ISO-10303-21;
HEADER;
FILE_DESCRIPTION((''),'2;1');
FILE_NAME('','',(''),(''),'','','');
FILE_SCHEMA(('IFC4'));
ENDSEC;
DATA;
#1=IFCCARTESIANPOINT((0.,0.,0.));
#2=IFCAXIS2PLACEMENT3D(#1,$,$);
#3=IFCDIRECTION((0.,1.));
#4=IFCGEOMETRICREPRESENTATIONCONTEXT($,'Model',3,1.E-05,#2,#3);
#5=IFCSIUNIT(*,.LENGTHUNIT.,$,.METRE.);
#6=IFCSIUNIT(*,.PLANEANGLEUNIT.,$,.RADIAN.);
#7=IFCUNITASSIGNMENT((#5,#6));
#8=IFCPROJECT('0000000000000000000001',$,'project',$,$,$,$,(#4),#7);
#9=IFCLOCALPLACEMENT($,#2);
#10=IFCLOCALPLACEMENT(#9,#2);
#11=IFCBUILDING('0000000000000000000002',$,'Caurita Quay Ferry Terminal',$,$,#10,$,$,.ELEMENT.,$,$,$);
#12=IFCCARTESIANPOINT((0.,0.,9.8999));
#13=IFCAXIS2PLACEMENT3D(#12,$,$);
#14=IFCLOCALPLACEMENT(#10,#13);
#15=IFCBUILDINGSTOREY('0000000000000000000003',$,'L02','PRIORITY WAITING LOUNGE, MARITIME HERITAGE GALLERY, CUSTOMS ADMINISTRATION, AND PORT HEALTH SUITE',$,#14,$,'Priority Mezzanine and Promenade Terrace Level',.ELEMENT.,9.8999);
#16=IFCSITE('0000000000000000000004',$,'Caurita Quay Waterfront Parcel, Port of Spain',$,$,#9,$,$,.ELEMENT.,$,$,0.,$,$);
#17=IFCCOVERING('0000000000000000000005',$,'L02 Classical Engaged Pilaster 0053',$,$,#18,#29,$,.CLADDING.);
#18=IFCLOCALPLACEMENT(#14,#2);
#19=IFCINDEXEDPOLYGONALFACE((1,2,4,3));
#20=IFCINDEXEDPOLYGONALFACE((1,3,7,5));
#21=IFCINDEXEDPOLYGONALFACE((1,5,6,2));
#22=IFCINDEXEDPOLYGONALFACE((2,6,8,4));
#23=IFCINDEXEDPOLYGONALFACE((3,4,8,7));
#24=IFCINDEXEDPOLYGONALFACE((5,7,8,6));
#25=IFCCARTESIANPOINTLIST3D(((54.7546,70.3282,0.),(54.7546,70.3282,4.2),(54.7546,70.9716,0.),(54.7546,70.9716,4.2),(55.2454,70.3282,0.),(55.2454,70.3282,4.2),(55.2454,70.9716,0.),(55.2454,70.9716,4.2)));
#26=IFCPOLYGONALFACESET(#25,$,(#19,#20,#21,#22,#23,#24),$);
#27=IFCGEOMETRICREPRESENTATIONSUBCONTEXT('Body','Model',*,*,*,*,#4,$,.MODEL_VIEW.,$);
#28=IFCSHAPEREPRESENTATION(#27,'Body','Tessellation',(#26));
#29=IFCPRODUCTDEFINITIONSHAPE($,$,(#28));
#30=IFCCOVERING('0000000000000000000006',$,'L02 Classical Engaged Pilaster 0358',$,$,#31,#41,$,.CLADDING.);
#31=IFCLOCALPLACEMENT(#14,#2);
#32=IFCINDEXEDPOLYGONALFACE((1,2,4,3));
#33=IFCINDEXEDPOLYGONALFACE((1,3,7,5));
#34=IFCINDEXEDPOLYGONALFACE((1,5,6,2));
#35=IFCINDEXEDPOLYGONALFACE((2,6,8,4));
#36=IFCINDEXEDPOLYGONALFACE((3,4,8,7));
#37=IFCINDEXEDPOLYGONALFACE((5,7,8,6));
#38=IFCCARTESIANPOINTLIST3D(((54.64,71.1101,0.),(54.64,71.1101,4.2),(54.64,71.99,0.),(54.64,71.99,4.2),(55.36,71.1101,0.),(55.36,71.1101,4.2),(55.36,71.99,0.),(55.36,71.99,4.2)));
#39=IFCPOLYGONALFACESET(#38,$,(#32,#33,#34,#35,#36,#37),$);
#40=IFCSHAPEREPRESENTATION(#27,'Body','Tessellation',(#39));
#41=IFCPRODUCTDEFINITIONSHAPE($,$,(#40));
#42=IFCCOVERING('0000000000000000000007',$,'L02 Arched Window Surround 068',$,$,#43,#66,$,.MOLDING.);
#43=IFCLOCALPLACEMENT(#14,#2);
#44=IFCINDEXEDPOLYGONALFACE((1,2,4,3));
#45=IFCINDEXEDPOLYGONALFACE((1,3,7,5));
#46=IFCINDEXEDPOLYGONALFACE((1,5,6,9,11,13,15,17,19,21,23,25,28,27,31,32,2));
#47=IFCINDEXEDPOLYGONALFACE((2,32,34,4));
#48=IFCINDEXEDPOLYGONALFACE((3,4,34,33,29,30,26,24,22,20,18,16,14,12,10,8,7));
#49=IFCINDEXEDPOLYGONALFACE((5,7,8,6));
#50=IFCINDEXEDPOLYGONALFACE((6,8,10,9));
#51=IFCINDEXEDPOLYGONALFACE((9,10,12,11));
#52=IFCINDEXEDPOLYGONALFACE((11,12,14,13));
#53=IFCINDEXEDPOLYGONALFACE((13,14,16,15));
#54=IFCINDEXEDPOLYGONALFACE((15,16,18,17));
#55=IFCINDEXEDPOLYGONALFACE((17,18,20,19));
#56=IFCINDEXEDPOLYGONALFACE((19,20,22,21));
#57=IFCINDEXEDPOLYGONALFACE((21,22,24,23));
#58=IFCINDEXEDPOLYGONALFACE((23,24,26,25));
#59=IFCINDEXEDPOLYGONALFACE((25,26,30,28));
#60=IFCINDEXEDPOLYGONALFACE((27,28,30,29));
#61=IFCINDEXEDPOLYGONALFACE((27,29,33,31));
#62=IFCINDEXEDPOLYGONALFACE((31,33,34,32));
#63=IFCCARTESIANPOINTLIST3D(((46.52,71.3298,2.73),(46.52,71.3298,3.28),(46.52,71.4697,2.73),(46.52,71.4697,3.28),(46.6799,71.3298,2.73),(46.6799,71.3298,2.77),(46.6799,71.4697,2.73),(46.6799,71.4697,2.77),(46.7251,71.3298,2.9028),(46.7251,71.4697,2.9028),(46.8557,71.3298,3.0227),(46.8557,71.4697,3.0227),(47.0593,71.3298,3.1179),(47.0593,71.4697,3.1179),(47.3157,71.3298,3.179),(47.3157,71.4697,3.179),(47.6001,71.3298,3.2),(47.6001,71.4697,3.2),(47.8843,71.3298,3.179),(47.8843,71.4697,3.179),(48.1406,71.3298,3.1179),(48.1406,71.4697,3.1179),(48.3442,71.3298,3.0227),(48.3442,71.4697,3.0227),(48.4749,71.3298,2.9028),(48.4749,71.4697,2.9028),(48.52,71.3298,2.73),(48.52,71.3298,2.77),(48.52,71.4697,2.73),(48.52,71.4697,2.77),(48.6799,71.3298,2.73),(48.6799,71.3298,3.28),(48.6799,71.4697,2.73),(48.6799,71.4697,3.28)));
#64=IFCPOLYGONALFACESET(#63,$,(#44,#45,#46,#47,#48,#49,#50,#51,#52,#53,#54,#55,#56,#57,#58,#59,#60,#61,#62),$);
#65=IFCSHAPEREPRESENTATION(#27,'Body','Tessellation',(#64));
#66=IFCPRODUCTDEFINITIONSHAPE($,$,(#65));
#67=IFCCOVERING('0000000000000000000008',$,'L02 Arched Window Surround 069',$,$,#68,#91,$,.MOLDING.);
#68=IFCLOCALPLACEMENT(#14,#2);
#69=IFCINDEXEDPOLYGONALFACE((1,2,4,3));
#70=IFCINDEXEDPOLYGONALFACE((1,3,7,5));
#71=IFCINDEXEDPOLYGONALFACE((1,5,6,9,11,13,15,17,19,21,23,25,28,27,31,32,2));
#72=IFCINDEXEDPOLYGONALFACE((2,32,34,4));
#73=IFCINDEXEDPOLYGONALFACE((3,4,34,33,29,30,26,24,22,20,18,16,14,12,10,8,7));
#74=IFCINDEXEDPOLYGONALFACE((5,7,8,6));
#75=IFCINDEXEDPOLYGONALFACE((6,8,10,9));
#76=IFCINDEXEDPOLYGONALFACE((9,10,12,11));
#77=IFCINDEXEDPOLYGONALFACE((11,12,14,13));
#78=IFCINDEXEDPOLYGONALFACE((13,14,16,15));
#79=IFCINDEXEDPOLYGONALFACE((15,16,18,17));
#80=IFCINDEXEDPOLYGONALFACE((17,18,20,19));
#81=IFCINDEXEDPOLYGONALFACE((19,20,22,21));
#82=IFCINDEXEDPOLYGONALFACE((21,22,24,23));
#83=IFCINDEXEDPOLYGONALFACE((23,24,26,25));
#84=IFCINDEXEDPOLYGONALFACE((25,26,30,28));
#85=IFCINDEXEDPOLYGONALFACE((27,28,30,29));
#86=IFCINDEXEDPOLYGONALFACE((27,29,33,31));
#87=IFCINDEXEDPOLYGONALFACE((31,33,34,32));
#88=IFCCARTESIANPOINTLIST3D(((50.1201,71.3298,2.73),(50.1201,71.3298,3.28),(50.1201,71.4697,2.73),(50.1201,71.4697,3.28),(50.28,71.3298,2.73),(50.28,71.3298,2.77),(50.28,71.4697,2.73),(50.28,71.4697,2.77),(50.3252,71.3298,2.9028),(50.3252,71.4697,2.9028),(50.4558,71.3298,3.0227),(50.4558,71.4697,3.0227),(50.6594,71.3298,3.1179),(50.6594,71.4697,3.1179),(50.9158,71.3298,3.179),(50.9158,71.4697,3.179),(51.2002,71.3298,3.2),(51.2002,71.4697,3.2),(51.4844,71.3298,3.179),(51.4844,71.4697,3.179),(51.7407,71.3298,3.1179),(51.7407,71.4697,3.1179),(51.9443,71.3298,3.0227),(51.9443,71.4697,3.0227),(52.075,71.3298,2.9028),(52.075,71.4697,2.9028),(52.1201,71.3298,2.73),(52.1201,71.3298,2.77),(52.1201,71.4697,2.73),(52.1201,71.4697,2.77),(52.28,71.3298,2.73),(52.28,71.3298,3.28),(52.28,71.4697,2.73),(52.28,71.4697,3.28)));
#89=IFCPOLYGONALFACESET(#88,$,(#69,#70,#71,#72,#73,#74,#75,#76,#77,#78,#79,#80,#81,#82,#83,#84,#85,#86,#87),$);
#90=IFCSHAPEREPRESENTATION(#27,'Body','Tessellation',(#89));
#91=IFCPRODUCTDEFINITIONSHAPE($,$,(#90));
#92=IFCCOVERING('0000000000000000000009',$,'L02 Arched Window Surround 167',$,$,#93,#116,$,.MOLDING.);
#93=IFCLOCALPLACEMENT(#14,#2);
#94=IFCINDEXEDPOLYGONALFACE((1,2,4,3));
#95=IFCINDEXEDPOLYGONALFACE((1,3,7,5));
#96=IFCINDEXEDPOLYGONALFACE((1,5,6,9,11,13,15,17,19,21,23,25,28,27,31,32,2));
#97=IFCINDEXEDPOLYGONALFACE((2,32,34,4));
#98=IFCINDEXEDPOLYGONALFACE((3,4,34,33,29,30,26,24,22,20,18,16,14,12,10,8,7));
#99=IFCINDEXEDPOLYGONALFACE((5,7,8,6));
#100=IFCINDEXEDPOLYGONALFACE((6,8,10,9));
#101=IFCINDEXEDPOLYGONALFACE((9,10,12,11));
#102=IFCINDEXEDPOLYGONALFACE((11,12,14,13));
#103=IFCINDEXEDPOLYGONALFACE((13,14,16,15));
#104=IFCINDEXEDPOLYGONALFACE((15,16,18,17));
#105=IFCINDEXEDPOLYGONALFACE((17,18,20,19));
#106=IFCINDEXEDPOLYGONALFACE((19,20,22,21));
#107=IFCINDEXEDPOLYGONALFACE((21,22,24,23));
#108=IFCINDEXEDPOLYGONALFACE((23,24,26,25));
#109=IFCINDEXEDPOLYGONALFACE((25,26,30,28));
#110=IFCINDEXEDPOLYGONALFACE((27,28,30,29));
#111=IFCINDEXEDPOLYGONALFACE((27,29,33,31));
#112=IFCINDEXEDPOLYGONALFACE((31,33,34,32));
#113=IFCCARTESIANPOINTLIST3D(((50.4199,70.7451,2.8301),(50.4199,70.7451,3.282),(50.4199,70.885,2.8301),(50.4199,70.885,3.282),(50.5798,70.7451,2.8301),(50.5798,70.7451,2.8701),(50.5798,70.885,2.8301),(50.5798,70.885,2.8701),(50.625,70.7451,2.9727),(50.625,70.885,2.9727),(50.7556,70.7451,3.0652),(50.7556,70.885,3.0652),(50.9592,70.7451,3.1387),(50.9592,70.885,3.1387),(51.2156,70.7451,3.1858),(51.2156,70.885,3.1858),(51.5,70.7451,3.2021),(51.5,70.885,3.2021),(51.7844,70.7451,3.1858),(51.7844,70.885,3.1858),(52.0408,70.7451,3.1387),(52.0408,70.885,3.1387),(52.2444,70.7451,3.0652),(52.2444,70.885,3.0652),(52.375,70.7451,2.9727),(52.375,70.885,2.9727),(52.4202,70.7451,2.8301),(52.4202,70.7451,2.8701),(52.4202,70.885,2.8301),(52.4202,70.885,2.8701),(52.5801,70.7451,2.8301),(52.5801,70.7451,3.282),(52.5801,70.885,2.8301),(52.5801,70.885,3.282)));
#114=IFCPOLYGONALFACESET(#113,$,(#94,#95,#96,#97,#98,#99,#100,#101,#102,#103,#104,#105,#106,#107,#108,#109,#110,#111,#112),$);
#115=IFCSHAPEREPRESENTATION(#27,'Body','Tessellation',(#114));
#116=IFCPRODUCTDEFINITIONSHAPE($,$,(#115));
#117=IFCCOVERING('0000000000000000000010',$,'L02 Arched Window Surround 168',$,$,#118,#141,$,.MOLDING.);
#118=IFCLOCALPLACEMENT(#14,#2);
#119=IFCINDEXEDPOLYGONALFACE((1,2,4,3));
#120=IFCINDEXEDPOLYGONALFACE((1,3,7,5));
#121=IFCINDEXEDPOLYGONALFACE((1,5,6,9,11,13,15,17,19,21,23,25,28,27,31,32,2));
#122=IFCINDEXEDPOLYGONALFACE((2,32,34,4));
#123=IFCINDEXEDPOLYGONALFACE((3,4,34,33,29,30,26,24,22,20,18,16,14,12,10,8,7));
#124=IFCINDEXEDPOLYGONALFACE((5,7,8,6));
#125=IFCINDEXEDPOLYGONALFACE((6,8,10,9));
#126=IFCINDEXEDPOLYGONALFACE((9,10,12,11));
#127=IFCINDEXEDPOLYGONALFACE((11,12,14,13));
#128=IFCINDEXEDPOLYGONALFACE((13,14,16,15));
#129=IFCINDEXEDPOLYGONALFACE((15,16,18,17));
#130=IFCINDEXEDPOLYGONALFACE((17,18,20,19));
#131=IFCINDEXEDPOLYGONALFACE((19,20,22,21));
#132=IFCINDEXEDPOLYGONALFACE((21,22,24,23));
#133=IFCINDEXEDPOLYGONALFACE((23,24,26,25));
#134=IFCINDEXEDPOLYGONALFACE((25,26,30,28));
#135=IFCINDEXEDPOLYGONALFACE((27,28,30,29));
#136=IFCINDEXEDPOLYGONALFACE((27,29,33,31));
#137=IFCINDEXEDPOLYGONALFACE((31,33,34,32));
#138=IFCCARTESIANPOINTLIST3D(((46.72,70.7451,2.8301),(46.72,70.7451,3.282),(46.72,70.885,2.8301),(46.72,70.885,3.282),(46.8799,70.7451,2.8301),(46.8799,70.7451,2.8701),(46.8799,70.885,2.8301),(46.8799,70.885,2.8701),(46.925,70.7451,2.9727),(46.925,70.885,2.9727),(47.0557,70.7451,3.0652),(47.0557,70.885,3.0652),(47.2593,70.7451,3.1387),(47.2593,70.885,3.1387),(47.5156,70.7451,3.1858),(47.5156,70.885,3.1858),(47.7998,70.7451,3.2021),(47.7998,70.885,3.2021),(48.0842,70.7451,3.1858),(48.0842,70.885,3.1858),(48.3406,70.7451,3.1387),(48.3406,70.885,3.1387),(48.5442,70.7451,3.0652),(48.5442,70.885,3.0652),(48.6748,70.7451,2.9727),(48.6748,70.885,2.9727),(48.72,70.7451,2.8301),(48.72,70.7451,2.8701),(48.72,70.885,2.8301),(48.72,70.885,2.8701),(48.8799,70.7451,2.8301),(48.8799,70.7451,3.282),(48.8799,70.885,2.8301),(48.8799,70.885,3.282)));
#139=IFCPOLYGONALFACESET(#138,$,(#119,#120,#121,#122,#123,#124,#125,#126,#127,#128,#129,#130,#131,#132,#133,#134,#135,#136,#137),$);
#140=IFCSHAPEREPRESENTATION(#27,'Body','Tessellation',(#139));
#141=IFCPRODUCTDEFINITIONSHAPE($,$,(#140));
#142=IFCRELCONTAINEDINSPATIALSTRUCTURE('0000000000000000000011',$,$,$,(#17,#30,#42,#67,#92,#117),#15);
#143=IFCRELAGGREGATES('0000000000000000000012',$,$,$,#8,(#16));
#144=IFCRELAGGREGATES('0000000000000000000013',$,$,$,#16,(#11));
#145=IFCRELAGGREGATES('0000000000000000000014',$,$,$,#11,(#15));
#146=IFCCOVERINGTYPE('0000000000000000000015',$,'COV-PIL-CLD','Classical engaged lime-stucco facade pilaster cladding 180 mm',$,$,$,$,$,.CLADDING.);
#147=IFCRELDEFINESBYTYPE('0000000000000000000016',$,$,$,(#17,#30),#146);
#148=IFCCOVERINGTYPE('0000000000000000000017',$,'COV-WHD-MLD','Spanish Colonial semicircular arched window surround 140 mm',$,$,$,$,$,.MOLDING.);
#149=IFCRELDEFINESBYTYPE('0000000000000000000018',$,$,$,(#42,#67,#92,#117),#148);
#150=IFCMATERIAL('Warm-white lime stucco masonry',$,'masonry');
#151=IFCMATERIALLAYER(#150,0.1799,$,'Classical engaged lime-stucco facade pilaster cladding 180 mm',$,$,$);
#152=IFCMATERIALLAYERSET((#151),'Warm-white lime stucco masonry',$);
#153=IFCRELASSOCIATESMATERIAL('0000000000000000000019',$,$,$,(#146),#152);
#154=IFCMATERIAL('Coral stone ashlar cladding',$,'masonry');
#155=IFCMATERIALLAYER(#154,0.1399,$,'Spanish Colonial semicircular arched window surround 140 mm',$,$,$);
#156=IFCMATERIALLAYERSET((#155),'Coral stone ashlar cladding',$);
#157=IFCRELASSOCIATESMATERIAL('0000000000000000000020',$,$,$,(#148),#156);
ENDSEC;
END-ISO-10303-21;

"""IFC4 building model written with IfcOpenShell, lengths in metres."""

from ifc_helpers import new_model, si_unit, direction, frame, origin, origin_2d, place, context, subcontext, project, spatial, polyline, rectangle, outline, extrude, material, layer, layer_set, type_object, element, save


model = new_model("IFC4")

# Units and contexts
model_context = context("Model", 3, precision=1e-05, world=origin(), true_north=direction((0.0, 1.0)))
body_context = subcontext(model_context, "Body", "Model", "MODEL_VIEW")
ifc_project = project(units=[si_unit("LENGTHUNIT", "METRE"), si_unit("PLANEANGLEUNIT", "RADIAN")], contexts=[model_context])

# Site, building, storey
site_placement = place(None, origin())
site = spatial("IfcSite", under=ifc_project, at=site_placement, Name="Caurita Quay Waterfront Parcel, Port of Spain", CompositionType="ELEMENT", RefElevation=0.0)
building_placement = place(site_placement, origin())
building = spatial("IfcBuilding", under=site, at=building_placement, Name="Caurita Quay Ferry Terminal", CompositionType="ELEMENT")
storey_placement = place(building_placement, frame((0.0, 0.0, 9.8999)))
storey = spatial("IfcBuildingStorey", under=building, at=storey_placement, Name="L02", Description="PRIORITY WAITING LOUNGE, MARITIME HERITAGE GALLERY, CUSTOMS ADMINISTRATION, AND PORT HEALTH SUITE", LongName="Priority Mezzanine and Promenade Terrace Level", CompositionType="ELEMENT", Elevation=9.8999)

# Shared definitions
ifc_material_1 = material(Name="Warm-white lime stucco masonry", Category="masonry")

# Coverings
ifc_layer_1 = layer(ifc_material_1, 0.1799, Name="Classical engaged lime-stucco facade pilaster cladding 180 mm")
ifc_layer_set_1 = layer_set([ifc_layer_1], Name="Warm-white lime stucco masonry")
covering_type_1 = type_object("IfcCoveringType", Name="COV-PIL-CLD", Description="Classical engaged lime-stucco facade pilaster cladding 180 mm", PredefinedType="CLADDING", material=ifc_layer_set_1)
covering_1_placement = place(storey_placement, frame((55.0, 70.6499, 0.0), z_axis=(0.0, 0.0, 1.0), x_axis=(1.0, 0.0, 0.0)))
element("IfcCovering", 1, at=covering_1_placement, inside=storey, type_object=covering_type_1, Name="L02 Classical Engaged Pilaster 0053", PredefinedType="CLADDING", context=body_context, shape_type="SweptSolid", body=[
    extrude(rectangle(XDim=0.4907, YDim=0.6433, at=origin_2d()), origin(), (0.0, 0.0, 1.0), 4.2),
])
covering_2_placement = place(storey_placement, frame((55.0, 71.55, 0.0), z_axis=(0.0, 0.0, 1.0), x_axis=(1.0, 0.0, 0.0)))
element("IfcCovering", 2, at=covering_2_placement, inside=storey, type_object=covering_type_1, Name="L02 Classical Engaged Pilaster 0358", PredefinedType="CLADDING", context=body_context, shape_type="SweptSolid", body=[
    extrude(rectangle(XDim=0.72, YDim=0.8799, at=origin_2d()), origin(), (0.0, 0.0, 1.0), 4.2),
])
ifc_material_2 = material(Name="Coral stone ashlar cladding", Category="masonry")
ifc_layer_2 = layer(ifc_material_2, 0.1399, Name="Spanish Colonial semicircular arched window surround 140 mm")
ifc_layer_set_2 = layer_set([ifc_layer_2], Name="Coral stone ashlar cladding")
covering_type_2 = type_object("IfcCoveringType", Name="COV-WHD-MLD", Description="Spanish Colonial semicircular arched window surround 140 mm", PredefinedType="MOLDING", material=ifc_layer_set_2)
for number, where, z_axis, x_axis, name in (
    (3, (46.52, 71.3999, 2.73), (0.0, 0.0, 1.0), (1.0, 0.0, 0.0), "L02 Arched Window Surround 068"),
    (4, (50.1201, 71.3999, 2.73), (0.0, 0.0, 1.0), (1.0, 0.0, 0.0), "L02 Arched Window Surround 069"),
):
    element("IfcCovering", number, at=place(storey_placement, frame(where, z_axis=z_axis, x_axis=x_axis)), inside=storey, type_object=covering_type_2, Name=name, PredefinedType="MOLDING", context=body_context, shape_type="SweptSolid", body=[
        extrude(outline(polyline([(0.0, 0.0), (0.1599, 0.0), (0.1599, 0.04), (0.2051, 0.1729), (0.3357, 0.2927), (0.5393, 0.3879), (0.7957, 0.449), (1.0801, 0.47), (1.3643, 0.449), (1.6206, 0.3879), (1.8242, 0.2927), (1.9548, 0.1729), (2.0, 0.04), (2.0, 0.0), (2.1599, 0.0), (2.1599, 0.55), (0.0, 0.55), (0.0, 0.0)])), frame((0.0, 0.0698, 0.0), z_axis=(0.0, -1.0, 0.0), x_axis=(1.0, 0.0, 0.0)), (0.0, 0.0, 1.0), 0.1399),
    ])
covering_3_placement = place(storey_placement, frame((52.5801, 70.8149, 2.8301), z_axis=(0.0, 0.0, 1.0), x_axis=(-1.0, 0.0, 0.0)))
element("IfcCovering", 5, at=covering_3_placement, inside=storey, type_object=covering_type_2, Name="L02 Arched Window Surround 167", PredefinedType="MOLDING", context=body_context, shape_type="SweptSolid", body=[
    extrude(outline(polyline([(0.0, 0.0), (0.1599, 0.0), (0.1599, 0.04), (0.2051, 0.1426), (0.3357, 0.2351), (0.5393, 0.3086), (0.7957, 0.3557), (1.0801, 0.3721), (1.3645, 0.3557), (1.6208, 0.3086), (1.8245, 0.2351), (1.9551, 0.1426), (2.0002, 0.04), (2.0002, 0.0), (2.1602, 0.0), (2.1602, 0.4519), (0.0, 0.4519), (0.0, 0.0)])), frame((0.0, 0.0698, 0.0), z_axis=(0.0, -1.0, 0.0), x_axis=(1.0, 0.0, 0.0)), (0.0, 0.0, 1.0), 0.1399),
])
covering_4_placement = place(storey_placement, frame((48.8799, 70.8149, 2.8301), z_axis=(0.0, 0.0, 1.0), x_axis=(-1.0, 0.0, 0.0)))
element("IfcCovering", 6, at=covering_4_placement, inside=storey, type_object=covering_type_2, Name="L02 Arched Window Surround 168", PredefinedType="MOLDING", context=body_context, shape_type="SweptSolid", body=[
    extrude(outline(polyline([(0.0, 0.0), (0.1599, 0.0), (0.1599, 0.04), (0.2051, 0.1426), (0.3357, 0.2351), (0.5393, 0.3086), (0.7957, 0.3557), (1.0801, 0.3721), (1.3643, 0.3557), (1.6206, 0.3086), (1.8242, 0.2351), (1.9548, 0.1426), (2.0, 0.04), (2.0, 0.0), (2.1599, 0.0), (2.1599, 0.4519), (0.0, 0.4519), (0.0, 0.0)])), frame((0.0, 0.0698, 0.0), z_axis=(0.0, -1.0, 0.0), x_axis=(1.0, 0.0, 0.0)), (0.0, 0.0, 1.0), 0.1399),
])

save(model, "model.ifc")
